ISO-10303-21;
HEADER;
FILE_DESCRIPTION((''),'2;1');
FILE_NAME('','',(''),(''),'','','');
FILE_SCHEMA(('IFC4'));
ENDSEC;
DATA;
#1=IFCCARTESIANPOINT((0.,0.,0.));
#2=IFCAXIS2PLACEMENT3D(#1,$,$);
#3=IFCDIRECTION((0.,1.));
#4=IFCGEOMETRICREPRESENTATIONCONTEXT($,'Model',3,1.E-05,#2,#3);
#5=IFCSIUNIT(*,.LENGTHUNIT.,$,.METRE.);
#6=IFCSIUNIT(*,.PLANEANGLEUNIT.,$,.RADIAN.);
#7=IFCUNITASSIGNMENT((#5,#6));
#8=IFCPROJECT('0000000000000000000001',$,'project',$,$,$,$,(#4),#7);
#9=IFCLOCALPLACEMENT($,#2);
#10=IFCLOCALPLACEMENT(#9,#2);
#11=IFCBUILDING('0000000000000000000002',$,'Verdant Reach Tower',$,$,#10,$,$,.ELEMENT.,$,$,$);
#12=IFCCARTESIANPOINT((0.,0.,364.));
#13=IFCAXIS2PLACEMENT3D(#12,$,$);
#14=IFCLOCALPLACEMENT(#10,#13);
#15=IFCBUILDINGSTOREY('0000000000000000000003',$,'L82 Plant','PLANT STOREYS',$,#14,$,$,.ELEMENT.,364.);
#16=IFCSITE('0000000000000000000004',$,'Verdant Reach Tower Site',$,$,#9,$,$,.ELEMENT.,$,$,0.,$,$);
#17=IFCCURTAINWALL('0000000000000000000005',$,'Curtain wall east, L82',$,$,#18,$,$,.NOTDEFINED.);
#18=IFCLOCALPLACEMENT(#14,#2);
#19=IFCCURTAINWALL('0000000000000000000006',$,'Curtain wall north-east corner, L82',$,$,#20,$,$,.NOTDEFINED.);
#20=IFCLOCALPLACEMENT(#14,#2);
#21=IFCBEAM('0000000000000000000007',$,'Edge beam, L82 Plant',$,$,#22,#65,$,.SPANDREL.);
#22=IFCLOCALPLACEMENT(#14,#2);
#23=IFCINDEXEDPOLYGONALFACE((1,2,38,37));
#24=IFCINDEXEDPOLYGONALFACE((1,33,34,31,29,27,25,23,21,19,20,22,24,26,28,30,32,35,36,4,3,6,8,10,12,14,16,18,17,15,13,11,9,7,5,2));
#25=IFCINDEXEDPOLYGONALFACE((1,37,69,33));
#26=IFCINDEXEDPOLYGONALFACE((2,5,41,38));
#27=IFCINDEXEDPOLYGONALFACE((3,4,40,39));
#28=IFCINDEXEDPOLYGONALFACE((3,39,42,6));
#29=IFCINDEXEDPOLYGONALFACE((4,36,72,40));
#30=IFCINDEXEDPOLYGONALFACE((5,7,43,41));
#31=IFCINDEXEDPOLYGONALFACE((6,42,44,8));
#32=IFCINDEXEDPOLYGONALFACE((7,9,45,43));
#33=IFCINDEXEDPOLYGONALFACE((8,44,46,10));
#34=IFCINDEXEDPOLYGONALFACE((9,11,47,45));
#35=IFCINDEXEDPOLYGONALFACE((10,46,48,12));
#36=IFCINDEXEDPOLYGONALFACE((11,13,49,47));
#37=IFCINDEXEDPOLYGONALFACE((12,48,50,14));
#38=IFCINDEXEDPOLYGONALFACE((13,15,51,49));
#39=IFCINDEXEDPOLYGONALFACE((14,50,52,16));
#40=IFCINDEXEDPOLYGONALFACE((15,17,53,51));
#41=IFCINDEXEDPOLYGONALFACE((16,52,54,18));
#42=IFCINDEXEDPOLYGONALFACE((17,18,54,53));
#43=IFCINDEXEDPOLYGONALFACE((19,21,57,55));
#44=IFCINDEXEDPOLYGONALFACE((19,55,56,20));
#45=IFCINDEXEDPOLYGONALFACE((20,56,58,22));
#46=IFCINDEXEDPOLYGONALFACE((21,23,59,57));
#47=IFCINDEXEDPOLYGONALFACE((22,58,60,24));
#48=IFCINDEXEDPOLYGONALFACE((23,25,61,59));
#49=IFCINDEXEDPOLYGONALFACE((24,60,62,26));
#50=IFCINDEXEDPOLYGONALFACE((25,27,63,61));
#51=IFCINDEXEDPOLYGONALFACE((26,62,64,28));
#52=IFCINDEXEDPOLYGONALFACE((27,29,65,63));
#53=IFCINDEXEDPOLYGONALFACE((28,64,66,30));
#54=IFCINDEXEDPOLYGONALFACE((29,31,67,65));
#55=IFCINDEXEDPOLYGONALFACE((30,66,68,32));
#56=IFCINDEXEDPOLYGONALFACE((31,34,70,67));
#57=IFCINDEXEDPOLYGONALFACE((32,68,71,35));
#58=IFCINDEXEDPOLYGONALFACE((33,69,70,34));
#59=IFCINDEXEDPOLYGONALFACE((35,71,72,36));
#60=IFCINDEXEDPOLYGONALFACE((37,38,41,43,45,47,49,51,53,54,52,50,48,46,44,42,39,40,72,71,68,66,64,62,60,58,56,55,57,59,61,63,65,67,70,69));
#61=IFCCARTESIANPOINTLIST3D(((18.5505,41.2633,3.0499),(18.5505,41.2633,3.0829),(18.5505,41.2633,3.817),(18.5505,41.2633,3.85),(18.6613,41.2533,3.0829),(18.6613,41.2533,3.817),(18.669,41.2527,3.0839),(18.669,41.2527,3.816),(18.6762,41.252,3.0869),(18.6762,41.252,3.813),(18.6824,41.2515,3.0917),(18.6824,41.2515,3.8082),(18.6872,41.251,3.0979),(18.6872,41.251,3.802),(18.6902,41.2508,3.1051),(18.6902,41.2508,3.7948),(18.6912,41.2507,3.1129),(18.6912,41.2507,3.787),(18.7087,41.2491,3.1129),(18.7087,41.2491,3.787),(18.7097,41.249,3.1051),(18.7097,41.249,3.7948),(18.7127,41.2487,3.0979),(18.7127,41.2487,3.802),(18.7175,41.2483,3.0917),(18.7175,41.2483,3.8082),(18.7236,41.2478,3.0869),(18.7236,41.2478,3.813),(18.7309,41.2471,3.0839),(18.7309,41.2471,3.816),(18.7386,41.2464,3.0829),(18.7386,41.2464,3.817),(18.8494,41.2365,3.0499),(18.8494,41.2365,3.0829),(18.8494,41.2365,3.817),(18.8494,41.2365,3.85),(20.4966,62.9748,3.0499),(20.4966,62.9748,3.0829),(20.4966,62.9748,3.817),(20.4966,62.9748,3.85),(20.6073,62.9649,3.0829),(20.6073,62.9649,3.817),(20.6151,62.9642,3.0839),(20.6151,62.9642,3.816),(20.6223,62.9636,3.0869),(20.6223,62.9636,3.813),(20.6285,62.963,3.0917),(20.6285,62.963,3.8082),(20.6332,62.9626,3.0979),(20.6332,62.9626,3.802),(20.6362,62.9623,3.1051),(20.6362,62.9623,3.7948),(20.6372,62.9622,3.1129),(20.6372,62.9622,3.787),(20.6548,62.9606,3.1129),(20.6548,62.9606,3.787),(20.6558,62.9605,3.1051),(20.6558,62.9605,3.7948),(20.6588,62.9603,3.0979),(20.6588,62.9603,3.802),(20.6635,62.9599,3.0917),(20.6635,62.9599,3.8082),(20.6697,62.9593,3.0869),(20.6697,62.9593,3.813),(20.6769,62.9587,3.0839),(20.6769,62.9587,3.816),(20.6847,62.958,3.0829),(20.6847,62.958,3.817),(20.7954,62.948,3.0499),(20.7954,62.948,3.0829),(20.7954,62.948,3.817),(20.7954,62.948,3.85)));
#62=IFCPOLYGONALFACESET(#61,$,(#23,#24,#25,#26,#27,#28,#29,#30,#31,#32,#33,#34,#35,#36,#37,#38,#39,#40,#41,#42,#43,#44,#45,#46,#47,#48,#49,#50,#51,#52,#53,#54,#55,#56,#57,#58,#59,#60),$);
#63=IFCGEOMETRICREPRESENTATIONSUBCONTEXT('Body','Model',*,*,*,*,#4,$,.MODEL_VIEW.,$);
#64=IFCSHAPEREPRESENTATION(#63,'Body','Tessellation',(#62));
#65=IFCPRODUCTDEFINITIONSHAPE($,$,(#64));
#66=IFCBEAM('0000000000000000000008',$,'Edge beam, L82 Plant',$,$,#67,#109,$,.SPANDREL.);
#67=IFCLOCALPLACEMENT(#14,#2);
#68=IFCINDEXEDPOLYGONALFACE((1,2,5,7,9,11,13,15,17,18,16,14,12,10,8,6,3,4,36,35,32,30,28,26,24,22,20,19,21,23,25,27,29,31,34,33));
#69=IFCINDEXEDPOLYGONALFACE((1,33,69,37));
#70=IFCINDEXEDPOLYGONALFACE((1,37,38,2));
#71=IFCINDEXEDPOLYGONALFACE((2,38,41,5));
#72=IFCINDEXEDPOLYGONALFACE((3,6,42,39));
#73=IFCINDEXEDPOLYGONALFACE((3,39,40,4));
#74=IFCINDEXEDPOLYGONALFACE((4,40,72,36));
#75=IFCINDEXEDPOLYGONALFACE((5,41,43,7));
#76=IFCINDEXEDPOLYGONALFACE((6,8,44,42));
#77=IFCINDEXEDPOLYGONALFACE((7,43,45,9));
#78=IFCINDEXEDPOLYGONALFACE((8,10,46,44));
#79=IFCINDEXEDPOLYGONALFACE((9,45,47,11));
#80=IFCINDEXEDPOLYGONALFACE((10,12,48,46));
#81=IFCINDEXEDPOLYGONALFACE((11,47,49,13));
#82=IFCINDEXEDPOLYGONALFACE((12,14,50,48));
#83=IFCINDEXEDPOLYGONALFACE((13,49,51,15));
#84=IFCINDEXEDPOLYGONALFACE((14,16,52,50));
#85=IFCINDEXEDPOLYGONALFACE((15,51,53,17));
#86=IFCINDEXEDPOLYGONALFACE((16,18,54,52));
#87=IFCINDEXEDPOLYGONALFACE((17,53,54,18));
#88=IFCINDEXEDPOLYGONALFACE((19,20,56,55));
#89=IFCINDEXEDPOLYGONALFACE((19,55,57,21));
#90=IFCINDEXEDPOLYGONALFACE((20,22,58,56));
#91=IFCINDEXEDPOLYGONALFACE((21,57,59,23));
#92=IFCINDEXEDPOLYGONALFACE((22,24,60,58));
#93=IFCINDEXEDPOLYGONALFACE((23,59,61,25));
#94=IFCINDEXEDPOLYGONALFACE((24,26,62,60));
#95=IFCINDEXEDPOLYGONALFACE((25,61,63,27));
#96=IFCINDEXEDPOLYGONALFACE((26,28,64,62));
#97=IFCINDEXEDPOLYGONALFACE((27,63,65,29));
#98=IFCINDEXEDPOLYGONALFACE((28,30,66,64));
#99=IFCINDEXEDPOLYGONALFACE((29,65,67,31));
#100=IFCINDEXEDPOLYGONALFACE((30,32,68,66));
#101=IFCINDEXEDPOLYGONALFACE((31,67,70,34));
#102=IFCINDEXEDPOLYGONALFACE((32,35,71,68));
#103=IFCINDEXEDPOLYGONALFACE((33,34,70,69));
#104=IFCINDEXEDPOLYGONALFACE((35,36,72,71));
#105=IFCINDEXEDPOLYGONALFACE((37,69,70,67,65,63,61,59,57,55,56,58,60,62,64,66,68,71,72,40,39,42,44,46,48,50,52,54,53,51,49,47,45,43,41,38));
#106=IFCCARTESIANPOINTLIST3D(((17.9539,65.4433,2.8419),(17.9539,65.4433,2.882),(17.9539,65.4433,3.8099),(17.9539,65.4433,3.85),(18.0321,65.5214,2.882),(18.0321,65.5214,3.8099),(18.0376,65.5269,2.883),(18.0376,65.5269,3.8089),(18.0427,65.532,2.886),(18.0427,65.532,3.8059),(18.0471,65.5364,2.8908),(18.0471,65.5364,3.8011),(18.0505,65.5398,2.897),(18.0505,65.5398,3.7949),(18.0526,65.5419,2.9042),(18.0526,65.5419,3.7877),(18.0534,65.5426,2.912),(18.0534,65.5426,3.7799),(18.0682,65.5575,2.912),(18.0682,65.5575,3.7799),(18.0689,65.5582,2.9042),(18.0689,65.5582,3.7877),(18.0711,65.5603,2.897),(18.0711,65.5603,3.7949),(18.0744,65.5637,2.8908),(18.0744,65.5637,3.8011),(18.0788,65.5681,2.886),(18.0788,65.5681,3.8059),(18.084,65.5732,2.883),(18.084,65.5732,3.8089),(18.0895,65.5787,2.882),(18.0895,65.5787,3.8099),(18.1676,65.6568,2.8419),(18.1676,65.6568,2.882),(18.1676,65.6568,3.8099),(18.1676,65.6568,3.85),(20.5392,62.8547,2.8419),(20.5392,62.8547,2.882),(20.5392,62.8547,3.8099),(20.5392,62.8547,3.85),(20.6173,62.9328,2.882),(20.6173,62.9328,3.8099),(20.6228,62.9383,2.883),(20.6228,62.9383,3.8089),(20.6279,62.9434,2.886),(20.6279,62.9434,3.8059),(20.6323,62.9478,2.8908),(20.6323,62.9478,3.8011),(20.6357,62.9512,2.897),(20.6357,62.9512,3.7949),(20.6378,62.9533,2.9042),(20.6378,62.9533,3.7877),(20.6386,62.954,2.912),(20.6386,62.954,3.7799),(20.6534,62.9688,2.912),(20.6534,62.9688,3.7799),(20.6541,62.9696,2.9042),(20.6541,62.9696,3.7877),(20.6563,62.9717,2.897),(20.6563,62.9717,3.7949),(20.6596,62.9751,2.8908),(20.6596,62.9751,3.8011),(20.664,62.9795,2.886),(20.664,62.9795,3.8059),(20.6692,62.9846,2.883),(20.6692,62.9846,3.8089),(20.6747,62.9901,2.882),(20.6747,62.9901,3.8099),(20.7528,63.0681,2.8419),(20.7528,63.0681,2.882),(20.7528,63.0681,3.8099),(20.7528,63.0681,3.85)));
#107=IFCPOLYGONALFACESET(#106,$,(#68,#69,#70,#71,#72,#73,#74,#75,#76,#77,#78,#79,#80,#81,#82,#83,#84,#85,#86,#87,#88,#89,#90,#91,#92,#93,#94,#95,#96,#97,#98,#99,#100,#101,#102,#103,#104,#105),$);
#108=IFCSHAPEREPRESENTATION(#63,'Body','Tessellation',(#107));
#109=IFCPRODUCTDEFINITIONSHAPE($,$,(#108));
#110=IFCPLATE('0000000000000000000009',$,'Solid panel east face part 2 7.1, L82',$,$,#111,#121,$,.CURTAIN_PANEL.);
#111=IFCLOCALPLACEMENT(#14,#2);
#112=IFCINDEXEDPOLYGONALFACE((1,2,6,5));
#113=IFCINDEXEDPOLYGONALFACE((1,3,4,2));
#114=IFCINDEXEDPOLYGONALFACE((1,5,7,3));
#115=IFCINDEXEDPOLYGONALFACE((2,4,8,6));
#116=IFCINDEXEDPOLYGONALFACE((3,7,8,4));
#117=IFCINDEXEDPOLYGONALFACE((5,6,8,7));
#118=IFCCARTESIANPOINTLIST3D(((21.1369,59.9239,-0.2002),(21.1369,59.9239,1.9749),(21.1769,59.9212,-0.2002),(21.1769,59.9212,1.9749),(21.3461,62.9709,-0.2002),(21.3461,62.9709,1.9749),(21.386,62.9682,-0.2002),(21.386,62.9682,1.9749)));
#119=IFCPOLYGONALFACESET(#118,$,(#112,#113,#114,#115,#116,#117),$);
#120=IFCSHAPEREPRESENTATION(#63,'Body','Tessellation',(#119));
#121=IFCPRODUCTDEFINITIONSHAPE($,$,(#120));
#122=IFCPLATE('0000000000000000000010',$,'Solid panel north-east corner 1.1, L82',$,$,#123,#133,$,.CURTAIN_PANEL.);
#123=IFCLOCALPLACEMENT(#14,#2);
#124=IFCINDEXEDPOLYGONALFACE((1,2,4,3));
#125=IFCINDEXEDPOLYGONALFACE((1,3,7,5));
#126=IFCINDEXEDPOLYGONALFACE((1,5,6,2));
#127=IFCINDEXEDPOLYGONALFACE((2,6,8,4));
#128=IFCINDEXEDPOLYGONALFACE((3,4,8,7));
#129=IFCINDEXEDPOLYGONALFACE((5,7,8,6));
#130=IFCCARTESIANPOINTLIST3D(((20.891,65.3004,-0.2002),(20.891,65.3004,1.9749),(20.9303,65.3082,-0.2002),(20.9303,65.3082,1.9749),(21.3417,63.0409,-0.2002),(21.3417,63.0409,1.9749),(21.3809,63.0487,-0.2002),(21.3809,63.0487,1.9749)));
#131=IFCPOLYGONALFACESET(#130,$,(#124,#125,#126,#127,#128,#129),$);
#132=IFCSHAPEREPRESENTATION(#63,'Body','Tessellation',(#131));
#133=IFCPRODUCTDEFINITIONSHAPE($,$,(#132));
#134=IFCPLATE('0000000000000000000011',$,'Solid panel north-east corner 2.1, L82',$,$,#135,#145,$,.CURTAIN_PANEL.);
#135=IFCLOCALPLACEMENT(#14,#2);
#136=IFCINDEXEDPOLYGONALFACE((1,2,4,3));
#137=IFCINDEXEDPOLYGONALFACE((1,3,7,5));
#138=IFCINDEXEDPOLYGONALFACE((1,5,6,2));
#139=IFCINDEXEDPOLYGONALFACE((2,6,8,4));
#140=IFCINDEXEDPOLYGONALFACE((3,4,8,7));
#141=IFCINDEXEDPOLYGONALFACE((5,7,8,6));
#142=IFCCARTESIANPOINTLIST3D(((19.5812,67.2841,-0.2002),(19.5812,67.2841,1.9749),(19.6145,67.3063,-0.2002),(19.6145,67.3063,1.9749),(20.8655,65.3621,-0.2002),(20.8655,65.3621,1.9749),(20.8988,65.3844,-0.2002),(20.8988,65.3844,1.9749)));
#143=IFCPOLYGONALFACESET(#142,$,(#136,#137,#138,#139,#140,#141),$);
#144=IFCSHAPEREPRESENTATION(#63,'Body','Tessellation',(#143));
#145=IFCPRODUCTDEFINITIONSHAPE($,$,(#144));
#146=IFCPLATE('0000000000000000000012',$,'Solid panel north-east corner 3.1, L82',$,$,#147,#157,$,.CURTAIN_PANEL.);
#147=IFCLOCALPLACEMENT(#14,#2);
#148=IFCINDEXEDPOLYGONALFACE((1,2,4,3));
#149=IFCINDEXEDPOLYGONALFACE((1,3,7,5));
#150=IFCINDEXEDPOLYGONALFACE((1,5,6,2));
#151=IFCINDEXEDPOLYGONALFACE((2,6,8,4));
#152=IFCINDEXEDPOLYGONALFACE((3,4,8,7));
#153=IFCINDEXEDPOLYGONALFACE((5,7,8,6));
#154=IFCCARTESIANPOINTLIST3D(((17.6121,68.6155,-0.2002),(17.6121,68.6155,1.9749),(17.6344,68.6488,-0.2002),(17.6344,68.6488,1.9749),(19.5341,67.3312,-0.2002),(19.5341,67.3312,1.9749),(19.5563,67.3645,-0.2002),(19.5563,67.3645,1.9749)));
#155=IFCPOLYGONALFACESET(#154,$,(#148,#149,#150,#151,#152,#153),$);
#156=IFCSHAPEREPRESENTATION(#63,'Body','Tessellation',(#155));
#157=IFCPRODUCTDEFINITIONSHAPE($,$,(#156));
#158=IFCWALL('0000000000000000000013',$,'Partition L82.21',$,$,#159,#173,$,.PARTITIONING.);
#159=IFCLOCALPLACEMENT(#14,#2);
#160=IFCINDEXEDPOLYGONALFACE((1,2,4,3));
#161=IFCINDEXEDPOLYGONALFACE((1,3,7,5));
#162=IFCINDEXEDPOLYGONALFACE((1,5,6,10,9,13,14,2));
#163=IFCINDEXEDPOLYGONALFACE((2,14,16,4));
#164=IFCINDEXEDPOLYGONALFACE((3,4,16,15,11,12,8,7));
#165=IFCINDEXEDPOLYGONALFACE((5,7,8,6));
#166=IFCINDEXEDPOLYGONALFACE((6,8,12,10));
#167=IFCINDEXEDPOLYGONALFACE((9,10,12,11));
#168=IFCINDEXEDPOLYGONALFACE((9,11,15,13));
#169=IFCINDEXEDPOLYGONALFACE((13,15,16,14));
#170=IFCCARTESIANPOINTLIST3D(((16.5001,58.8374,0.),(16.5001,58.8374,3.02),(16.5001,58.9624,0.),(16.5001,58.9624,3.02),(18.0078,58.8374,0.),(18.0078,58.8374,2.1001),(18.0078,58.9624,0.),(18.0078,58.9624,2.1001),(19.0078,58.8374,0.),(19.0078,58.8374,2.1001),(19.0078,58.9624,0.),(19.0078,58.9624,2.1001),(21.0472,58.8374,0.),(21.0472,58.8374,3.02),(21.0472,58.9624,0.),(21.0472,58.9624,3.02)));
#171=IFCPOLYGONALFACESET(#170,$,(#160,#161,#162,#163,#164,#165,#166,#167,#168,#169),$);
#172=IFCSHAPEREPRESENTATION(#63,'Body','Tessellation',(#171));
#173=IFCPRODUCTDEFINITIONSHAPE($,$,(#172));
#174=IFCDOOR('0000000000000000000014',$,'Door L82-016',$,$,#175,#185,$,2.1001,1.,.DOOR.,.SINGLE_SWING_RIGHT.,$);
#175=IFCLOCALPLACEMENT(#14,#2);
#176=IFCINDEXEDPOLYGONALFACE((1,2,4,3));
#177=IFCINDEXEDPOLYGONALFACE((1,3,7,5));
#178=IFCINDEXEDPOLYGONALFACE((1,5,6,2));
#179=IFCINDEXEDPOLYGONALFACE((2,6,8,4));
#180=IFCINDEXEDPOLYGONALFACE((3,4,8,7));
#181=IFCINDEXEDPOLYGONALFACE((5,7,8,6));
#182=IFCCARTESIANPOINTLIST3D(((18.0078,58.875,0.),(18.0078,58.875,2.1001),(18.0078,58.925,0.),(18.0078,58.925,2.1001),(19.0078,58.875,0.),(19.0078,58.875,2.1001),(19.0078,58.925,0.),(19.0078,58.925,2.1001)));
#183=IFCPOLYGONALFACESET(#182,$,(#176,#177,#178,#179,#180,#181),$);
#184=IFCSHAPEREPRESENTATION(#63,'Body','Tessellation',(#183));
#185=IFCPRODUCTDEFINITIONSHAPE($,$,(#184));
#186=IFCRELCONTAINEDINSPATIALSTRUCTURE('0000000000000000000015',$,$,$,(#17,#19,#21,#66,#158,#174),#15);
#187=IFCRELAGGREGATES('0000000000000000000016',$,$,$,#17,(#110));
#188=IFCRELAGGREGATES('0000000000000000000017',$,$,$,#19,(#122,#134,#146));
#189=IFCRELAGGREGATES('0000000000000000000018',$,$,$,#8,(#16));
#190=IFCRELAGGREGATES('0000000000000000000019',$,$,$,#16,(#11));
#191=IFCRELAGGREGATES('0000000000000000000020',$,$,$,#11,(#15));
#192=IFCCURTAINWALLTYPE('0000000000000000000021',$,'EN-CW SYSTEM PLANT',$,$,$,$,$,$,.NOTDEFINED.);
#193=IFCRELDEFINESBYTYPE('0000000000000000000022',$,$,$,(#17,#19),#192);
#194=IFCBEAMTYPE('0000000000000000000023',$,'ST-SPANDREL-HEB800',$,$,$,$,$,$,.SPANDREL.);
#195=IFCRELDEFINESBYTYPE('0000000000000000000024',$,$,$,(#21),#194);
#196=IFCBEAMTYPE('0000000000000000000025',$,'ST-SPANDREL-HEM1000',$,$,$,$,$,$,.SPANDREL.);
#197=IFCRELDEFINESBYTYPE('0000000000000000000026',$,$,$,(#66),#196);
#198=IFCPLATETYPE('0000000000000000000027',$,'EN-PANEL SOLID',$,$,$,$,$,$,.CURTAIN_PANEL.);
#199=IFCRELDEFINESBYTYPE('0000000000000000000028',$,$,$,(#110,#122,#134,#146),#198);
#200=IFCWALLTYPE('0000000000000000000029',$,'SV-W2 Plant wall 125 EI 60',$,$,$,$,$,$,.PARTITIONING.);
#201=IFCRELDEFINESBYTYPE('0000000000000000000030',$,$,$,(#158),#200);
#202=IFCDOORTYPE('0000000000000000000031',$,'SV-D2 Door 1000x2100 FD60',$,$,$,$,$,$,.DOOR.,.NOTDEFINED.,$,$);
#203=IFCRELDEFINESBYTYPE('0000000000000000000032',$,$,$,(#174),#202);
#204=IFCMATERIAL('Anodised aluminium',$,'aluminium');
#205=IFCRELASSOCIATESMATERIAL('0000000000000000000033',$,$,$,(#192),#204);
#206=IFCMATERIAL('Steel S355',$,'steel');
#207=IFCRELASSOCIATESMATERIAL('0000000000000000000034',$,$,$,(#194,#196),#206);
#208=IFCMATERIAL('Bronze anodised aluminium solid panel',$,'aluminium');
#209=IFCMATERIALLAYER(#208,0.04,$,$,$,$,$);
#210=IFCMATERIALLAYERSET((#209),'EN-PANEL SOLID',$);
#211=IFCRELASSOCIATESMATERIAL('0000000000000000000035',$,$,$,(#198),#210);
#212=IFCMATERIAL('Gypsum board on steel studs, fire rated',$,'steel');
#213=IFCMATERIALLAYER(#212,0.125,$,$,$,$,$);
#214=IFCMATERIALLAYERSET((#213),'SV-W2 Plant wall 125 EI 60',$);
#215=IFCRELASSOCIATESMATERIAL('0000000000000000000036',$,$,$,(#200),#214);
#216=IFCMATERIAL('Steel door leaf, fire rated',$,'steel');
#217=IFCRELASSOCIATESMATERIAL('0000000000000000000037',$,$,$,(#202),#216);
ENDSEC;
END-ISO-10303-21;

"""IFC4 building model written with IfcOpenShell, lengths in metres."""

from ifc_helpers import new_model, si_unit, direction, frame, frame_2d, origin, origin_2d, place, context, subcontext, project, spatial, rectangle, i_section, extrude, material, layer, layer_set, material_profile, profile_set, type_object, element, fill, aggregate, save


model = new_model("IFC4")

# Units and contexts
model_context = context("Model", 3, precision=1e-05, world=origin(), true_north=direction((0.0, 1.0)))
body_context = subcontext(model_context, "Body", "Model", "MODEL_VIEW")
ifc_project = project(units=[si_unit("LENGTHUNIT", "METRE"), si_unit("PLANEANGLEUNIT", "RADIAN")], contexts=[model_context])

# Site, building, storey
site_placement = place(None, origin())
site = spatial("IfcSite", under=ifc_project, at=site_placement, Name="Verdant Reach Tower Site", CompositionType="ELEMENT", RefElevation=0.0)
building_placement = place(site_placement, origin())
building = spatial("IfcBuilding", under=site, at=building_placement, Name="Verdant Reach Tower", CompositionType="ELEMENT")
storey_placement = place(building_placement, frame((0.0, 0.0, 364.0)))
storey = spatial("IfcBuildingStorey", under=building, at=storey_placement, Name="L82 Plant", Description="PLANT STOREYS", CompositionType="ELEMENT", Elevation=364.0)

# Curtain wall
ifc_material_1 = material(Name="Anodised aluminium", Category="aluminium")
curtain_wall_type = type_object("IfcCurtainWallType", Name="EN-CW SYSTEM PLANT", PredefinedType="NOTDEFINED", material=ifc_material_1)
curtain_wall_1_placement = place(storey_placement, origin())
curtain_wall_1 = element("IfcCurtainWall", 1, at=curtain_wall_1_placement, inside=storey, type_object=curtain_wall_type, Name="Curtain wall east, L82", PredefinedType="NOTDEFINED")

# Curtain wall
curtain_wall_2_placement = place(storey_placement, origin())
curtain_wall_2 = element("IfcCurtainWall", 2, at=curtain_wall_2_placement, inside=storey, type_object=curtain_wall_type, Name="Curtain wall north-east corner, L82", PredefinedType="NOTDEFINED")

# Beams
ifc_material_2 = material(Name="Steel S355", Category="steel")
ifc_material_profile_1 = material_profile(ifc_material_2, i_section(OverallWidth=0.3, OverallDepth=0.8, WebThickness=0.0176, FlangeThickness=0.033, FilletRadius=0.03, at=origin_2d()), Name="HEB 800")
ifc_profile_set_1 = profile_set([ifc_material_profile_1], Name="Steel S355")
beam_type_1 = type_object("IfcBeamType", Name="ST-SPANDREL-HEB800", PredefinedType="SPANDREL", material=ifc_profile_set_1)
beam_1_placement = place(storey_placement, frame((20.646, 62.9614, 3.45), z_axis=(-0.089274, -0.996007, 0.0), x_axis=(0.996007, -0.089274, 0.0)))
element("IfcBeam", 3, at=beam_1_placement, inside=storey, type_object=beam_type_1, Name="Edge beam, L82 Plant", PredefinedType="SPANDREL", context=body_context, shape_type="SweptSolid", body=[
    extrude(i_section(OverallWidth=0.3, OverallDepth=0.8, WebThickness=0.0176, FlangeThickness=0.033, FilletRadius=0.03, at=origin_2d()), origin(), (0.0, 0.0, 1.0), 21.7986),
])
ifc_material_profile_2 = material_profile(ifc_material_2, i_section(OverallWidth=0.302, OverallDepth=1.0081, WebThickness=0.021, FlangeThickness=0.04, FilletRadius=0.03, at=origin_2d()), Name="HEM 1000")
ifc_profile_set_2 = profile_set([ifc_material_profile_2], Name="Steel S355")
beam_type_2 = type_object("IfcBeamType", Name="ST-SPANDREL-HEM1000", PredefinedType="SPANDREL", material=ifc_profile_set_2)
beam_2_placement = place(storey_placement, frame((18.0608, 65.55, 3.3459), z_axis=(0.706639, -0.707574, 0.0), x_axis=(0.707574, 0.706639, 0.0)))
element("IfcBeam", 4, at=beam_2_placement, inside=storey, type_object=beam_type_2, Name="Edge beam, L82 Plant", PredefinedType="SPANDREL", context=body_context, shape_type="SweptSolid", body=[
    extrude(i_section(OverallWidth=0.302, OverallDepth=1.0081, WebThickness=0.021, FlangeThickness=0.04, FilletRadius=0.03, at=origin_2d()), origin(), (0.0, 0.0, 1.0), 3.6584),
])

# Plates
ifc_material_3 = material(Name="Bronze anodised aluminium solid panel", Category="aluminium")
ifc_layer_1 = layer(ifc_material_3, 0.04)
ifc_layer_set_1 = layer_set([ifc_layer_1], Name="EN-PANEL SOLID")
plate_type = type_object("IfcPlateType", Name="EN-PANEL SOLID", PredefinedType="CURTAIN_PANEL", material=ifc_layer_set_1)
plate_1_placement = place(storey_placement, frame((21.2615, 61.446, -0.2002), z_axis=(0.0, 0.0, 1.0), x_axis=(0.068469, 0.997653, 0.0)))
plate_1 = element("IfcPlate", 5, at=plate_1_placement, type_object=plate_type, Name="Solid panel east face part 2 7.1, L82", PredefinedType="CURTAIN_PANEL", context=body_context, shape_type="SweptSolid", body=[
    extrude(rectangle(XDim=3.0542, YDim=0.04, at=origin_2d()), origin(), (0.0, 0.0, 1.0), 2.175),
])
plate_2_placement = place(storey_placement, frame((21.136, 64.1746, -0.2002), z_axis=(0.0, 0.0, 1.0), x_axis=(-0.195593, 0.980685, 0.0)))
plate_2 = element("IfcPlate", 6, at=plate_2_placement, type_object=plate_type, Name="Solid panel north-east corner 1.1, L82", PredefinedType="CURTAIN_PANEL", context=body_context, shape_type="SweptSolid", body=[
    extrude(rectangle(XDim=2.304, YDim=0.04, at=origin_2d()), origin(), (0.0, 0.0, 1.0), 2.175),
])
plate_3_placement = place(storey_placement, frame((20.24, 66.3342, -0.2002), z_axis=(0.0, 0.0, 1.0), x_axis=(-0.555596, 0.831452, 0.0)))
plate_3 = element("IfcPlate", 7, at=plate_3_placement, type_object=plate_type, Name="Solid panel north-east corner 2.1, L82", PredefinedType="CURTAIN_PANEL", context=body_context, shape_type="SweptSolid", body=[
    extrude(rectangle(XDim=2.3115, YDim=0.04, at=origin_2d()), origin(), (0.0, 0.0, 1.0), 2.175),
])
plate_4_placement = place(storey_placement, frame((18.5842, 67.99, -0.2002), z_axis=(0.0, 0.0, 1.0), x_axis=(-0.831452, 0.555596, 0.0)))
plate_4 = element("IfcPlate", 8, at=plate_4_placement, type_object=plate_type, Name="Solid panel north-east corner 3.1, L82", PredefinedType="CURTAIN_PANEL", context=body_context, shape_type="SweptSolid", body=[
    extrude(rectangle(XDim=2.3115, YDim=0.04, at=origin_2d()), origin(), (0.0, 0.0, 1.0), 2.175),
])

# Wall, opening, door
ifc_material_4 = material(Name="Gypsum board on steel studs, fire rated", Category="steel")
ifc_layer_2 = layer(ifc_material_4, 0.125)
ifc_layer_set_2 = layer_set([ifc_layer_2], Name="SV-W2 Plant wall 125 EI 60")
wall_type = type_object("IfcWallType", Name="SV-W2 Plant wall 125 EI 60", PredefinedType="PARTITIONING", material=ifc_layer_set_2)
wall_1_placement = place(storey_placement, frame((21.0471, 58.8999, 0.0), z_axis=(0.0, 0.0, 1.0), x_axis=(-1.0, 0.0, 0.0)))
wall_1 = element("IfcWall", 9, at=wall_1_placement, inside=storey, type_object=wall_type, Name="Partition L82.21", PredefinedType="PARTITIONING", context=body_context, shape_type="SweptSolid", body=[
    extrude(rectangle(XDim=4.5471, YDim=0.125, at=frame_2d((2.2734, 0.0))), origin(), (0.0, 0.0, 1.0), 3.02),
])
opening_placement = place(wall_1_placement, frame((2.0393, 0.0, 0.0)))
opening = element("IfcOpeningElement", 10, at=opening_placement, cuts=wall_1, PredefinedType="OPENING", context=body_context, shape_type="SweptSolid", body=[
    extrude(rectangle(XDim=1.0, YDim=2.1001, at=frame_2d((0.5, 1.05))), frame((0.0, 0.0725, 0.0), z_axis=(0.0, -1.0, 0.0), x_axis=(1.0, 0.0, 0.0)), (0.0, 0.0, 1.0), 0.145),
])
ifc_material_5 = material(Name="Steel door leaf, fire rated", Category="steel")
door_type = type_object("IfcDoorType", Name="SV-D2 Door 1000x2100 FD60", OperationType="NOTDEFINED", PredefinedType="DOOR", material=ifc_material_5)
door_placement = place(opening_placement, origin())
door = element("IfcDoor", 11, at=door_placement, inside=storey, type_object=door_type, Name="Door L82-016", OperationType="SINGLE_SWING_RIGHT", OverallHeight=2.1001, OverallWidth=1.0, PredefinedType="DOOR", context=body_context, shape_type="SweptSolid", body=[
    extrude(rectangle(XDim=1.0, YDim=2.1001, at=frame_2d((0.5, 1.05))), frame((0.0, 0.0249, 0.0), z_axis=(0.0, -1.0, 0.0), x_axis=(1.0, 0.0, 0.0)), (0.0, 0.0, 1.0), 0.05),
])
fill(opening, door)

aggregate(curtain_wall_1, [plate_1])
aggregate(curtain_wall_2, [plate_2, plate_3, plate_4])

save(model, "model.ifc")
